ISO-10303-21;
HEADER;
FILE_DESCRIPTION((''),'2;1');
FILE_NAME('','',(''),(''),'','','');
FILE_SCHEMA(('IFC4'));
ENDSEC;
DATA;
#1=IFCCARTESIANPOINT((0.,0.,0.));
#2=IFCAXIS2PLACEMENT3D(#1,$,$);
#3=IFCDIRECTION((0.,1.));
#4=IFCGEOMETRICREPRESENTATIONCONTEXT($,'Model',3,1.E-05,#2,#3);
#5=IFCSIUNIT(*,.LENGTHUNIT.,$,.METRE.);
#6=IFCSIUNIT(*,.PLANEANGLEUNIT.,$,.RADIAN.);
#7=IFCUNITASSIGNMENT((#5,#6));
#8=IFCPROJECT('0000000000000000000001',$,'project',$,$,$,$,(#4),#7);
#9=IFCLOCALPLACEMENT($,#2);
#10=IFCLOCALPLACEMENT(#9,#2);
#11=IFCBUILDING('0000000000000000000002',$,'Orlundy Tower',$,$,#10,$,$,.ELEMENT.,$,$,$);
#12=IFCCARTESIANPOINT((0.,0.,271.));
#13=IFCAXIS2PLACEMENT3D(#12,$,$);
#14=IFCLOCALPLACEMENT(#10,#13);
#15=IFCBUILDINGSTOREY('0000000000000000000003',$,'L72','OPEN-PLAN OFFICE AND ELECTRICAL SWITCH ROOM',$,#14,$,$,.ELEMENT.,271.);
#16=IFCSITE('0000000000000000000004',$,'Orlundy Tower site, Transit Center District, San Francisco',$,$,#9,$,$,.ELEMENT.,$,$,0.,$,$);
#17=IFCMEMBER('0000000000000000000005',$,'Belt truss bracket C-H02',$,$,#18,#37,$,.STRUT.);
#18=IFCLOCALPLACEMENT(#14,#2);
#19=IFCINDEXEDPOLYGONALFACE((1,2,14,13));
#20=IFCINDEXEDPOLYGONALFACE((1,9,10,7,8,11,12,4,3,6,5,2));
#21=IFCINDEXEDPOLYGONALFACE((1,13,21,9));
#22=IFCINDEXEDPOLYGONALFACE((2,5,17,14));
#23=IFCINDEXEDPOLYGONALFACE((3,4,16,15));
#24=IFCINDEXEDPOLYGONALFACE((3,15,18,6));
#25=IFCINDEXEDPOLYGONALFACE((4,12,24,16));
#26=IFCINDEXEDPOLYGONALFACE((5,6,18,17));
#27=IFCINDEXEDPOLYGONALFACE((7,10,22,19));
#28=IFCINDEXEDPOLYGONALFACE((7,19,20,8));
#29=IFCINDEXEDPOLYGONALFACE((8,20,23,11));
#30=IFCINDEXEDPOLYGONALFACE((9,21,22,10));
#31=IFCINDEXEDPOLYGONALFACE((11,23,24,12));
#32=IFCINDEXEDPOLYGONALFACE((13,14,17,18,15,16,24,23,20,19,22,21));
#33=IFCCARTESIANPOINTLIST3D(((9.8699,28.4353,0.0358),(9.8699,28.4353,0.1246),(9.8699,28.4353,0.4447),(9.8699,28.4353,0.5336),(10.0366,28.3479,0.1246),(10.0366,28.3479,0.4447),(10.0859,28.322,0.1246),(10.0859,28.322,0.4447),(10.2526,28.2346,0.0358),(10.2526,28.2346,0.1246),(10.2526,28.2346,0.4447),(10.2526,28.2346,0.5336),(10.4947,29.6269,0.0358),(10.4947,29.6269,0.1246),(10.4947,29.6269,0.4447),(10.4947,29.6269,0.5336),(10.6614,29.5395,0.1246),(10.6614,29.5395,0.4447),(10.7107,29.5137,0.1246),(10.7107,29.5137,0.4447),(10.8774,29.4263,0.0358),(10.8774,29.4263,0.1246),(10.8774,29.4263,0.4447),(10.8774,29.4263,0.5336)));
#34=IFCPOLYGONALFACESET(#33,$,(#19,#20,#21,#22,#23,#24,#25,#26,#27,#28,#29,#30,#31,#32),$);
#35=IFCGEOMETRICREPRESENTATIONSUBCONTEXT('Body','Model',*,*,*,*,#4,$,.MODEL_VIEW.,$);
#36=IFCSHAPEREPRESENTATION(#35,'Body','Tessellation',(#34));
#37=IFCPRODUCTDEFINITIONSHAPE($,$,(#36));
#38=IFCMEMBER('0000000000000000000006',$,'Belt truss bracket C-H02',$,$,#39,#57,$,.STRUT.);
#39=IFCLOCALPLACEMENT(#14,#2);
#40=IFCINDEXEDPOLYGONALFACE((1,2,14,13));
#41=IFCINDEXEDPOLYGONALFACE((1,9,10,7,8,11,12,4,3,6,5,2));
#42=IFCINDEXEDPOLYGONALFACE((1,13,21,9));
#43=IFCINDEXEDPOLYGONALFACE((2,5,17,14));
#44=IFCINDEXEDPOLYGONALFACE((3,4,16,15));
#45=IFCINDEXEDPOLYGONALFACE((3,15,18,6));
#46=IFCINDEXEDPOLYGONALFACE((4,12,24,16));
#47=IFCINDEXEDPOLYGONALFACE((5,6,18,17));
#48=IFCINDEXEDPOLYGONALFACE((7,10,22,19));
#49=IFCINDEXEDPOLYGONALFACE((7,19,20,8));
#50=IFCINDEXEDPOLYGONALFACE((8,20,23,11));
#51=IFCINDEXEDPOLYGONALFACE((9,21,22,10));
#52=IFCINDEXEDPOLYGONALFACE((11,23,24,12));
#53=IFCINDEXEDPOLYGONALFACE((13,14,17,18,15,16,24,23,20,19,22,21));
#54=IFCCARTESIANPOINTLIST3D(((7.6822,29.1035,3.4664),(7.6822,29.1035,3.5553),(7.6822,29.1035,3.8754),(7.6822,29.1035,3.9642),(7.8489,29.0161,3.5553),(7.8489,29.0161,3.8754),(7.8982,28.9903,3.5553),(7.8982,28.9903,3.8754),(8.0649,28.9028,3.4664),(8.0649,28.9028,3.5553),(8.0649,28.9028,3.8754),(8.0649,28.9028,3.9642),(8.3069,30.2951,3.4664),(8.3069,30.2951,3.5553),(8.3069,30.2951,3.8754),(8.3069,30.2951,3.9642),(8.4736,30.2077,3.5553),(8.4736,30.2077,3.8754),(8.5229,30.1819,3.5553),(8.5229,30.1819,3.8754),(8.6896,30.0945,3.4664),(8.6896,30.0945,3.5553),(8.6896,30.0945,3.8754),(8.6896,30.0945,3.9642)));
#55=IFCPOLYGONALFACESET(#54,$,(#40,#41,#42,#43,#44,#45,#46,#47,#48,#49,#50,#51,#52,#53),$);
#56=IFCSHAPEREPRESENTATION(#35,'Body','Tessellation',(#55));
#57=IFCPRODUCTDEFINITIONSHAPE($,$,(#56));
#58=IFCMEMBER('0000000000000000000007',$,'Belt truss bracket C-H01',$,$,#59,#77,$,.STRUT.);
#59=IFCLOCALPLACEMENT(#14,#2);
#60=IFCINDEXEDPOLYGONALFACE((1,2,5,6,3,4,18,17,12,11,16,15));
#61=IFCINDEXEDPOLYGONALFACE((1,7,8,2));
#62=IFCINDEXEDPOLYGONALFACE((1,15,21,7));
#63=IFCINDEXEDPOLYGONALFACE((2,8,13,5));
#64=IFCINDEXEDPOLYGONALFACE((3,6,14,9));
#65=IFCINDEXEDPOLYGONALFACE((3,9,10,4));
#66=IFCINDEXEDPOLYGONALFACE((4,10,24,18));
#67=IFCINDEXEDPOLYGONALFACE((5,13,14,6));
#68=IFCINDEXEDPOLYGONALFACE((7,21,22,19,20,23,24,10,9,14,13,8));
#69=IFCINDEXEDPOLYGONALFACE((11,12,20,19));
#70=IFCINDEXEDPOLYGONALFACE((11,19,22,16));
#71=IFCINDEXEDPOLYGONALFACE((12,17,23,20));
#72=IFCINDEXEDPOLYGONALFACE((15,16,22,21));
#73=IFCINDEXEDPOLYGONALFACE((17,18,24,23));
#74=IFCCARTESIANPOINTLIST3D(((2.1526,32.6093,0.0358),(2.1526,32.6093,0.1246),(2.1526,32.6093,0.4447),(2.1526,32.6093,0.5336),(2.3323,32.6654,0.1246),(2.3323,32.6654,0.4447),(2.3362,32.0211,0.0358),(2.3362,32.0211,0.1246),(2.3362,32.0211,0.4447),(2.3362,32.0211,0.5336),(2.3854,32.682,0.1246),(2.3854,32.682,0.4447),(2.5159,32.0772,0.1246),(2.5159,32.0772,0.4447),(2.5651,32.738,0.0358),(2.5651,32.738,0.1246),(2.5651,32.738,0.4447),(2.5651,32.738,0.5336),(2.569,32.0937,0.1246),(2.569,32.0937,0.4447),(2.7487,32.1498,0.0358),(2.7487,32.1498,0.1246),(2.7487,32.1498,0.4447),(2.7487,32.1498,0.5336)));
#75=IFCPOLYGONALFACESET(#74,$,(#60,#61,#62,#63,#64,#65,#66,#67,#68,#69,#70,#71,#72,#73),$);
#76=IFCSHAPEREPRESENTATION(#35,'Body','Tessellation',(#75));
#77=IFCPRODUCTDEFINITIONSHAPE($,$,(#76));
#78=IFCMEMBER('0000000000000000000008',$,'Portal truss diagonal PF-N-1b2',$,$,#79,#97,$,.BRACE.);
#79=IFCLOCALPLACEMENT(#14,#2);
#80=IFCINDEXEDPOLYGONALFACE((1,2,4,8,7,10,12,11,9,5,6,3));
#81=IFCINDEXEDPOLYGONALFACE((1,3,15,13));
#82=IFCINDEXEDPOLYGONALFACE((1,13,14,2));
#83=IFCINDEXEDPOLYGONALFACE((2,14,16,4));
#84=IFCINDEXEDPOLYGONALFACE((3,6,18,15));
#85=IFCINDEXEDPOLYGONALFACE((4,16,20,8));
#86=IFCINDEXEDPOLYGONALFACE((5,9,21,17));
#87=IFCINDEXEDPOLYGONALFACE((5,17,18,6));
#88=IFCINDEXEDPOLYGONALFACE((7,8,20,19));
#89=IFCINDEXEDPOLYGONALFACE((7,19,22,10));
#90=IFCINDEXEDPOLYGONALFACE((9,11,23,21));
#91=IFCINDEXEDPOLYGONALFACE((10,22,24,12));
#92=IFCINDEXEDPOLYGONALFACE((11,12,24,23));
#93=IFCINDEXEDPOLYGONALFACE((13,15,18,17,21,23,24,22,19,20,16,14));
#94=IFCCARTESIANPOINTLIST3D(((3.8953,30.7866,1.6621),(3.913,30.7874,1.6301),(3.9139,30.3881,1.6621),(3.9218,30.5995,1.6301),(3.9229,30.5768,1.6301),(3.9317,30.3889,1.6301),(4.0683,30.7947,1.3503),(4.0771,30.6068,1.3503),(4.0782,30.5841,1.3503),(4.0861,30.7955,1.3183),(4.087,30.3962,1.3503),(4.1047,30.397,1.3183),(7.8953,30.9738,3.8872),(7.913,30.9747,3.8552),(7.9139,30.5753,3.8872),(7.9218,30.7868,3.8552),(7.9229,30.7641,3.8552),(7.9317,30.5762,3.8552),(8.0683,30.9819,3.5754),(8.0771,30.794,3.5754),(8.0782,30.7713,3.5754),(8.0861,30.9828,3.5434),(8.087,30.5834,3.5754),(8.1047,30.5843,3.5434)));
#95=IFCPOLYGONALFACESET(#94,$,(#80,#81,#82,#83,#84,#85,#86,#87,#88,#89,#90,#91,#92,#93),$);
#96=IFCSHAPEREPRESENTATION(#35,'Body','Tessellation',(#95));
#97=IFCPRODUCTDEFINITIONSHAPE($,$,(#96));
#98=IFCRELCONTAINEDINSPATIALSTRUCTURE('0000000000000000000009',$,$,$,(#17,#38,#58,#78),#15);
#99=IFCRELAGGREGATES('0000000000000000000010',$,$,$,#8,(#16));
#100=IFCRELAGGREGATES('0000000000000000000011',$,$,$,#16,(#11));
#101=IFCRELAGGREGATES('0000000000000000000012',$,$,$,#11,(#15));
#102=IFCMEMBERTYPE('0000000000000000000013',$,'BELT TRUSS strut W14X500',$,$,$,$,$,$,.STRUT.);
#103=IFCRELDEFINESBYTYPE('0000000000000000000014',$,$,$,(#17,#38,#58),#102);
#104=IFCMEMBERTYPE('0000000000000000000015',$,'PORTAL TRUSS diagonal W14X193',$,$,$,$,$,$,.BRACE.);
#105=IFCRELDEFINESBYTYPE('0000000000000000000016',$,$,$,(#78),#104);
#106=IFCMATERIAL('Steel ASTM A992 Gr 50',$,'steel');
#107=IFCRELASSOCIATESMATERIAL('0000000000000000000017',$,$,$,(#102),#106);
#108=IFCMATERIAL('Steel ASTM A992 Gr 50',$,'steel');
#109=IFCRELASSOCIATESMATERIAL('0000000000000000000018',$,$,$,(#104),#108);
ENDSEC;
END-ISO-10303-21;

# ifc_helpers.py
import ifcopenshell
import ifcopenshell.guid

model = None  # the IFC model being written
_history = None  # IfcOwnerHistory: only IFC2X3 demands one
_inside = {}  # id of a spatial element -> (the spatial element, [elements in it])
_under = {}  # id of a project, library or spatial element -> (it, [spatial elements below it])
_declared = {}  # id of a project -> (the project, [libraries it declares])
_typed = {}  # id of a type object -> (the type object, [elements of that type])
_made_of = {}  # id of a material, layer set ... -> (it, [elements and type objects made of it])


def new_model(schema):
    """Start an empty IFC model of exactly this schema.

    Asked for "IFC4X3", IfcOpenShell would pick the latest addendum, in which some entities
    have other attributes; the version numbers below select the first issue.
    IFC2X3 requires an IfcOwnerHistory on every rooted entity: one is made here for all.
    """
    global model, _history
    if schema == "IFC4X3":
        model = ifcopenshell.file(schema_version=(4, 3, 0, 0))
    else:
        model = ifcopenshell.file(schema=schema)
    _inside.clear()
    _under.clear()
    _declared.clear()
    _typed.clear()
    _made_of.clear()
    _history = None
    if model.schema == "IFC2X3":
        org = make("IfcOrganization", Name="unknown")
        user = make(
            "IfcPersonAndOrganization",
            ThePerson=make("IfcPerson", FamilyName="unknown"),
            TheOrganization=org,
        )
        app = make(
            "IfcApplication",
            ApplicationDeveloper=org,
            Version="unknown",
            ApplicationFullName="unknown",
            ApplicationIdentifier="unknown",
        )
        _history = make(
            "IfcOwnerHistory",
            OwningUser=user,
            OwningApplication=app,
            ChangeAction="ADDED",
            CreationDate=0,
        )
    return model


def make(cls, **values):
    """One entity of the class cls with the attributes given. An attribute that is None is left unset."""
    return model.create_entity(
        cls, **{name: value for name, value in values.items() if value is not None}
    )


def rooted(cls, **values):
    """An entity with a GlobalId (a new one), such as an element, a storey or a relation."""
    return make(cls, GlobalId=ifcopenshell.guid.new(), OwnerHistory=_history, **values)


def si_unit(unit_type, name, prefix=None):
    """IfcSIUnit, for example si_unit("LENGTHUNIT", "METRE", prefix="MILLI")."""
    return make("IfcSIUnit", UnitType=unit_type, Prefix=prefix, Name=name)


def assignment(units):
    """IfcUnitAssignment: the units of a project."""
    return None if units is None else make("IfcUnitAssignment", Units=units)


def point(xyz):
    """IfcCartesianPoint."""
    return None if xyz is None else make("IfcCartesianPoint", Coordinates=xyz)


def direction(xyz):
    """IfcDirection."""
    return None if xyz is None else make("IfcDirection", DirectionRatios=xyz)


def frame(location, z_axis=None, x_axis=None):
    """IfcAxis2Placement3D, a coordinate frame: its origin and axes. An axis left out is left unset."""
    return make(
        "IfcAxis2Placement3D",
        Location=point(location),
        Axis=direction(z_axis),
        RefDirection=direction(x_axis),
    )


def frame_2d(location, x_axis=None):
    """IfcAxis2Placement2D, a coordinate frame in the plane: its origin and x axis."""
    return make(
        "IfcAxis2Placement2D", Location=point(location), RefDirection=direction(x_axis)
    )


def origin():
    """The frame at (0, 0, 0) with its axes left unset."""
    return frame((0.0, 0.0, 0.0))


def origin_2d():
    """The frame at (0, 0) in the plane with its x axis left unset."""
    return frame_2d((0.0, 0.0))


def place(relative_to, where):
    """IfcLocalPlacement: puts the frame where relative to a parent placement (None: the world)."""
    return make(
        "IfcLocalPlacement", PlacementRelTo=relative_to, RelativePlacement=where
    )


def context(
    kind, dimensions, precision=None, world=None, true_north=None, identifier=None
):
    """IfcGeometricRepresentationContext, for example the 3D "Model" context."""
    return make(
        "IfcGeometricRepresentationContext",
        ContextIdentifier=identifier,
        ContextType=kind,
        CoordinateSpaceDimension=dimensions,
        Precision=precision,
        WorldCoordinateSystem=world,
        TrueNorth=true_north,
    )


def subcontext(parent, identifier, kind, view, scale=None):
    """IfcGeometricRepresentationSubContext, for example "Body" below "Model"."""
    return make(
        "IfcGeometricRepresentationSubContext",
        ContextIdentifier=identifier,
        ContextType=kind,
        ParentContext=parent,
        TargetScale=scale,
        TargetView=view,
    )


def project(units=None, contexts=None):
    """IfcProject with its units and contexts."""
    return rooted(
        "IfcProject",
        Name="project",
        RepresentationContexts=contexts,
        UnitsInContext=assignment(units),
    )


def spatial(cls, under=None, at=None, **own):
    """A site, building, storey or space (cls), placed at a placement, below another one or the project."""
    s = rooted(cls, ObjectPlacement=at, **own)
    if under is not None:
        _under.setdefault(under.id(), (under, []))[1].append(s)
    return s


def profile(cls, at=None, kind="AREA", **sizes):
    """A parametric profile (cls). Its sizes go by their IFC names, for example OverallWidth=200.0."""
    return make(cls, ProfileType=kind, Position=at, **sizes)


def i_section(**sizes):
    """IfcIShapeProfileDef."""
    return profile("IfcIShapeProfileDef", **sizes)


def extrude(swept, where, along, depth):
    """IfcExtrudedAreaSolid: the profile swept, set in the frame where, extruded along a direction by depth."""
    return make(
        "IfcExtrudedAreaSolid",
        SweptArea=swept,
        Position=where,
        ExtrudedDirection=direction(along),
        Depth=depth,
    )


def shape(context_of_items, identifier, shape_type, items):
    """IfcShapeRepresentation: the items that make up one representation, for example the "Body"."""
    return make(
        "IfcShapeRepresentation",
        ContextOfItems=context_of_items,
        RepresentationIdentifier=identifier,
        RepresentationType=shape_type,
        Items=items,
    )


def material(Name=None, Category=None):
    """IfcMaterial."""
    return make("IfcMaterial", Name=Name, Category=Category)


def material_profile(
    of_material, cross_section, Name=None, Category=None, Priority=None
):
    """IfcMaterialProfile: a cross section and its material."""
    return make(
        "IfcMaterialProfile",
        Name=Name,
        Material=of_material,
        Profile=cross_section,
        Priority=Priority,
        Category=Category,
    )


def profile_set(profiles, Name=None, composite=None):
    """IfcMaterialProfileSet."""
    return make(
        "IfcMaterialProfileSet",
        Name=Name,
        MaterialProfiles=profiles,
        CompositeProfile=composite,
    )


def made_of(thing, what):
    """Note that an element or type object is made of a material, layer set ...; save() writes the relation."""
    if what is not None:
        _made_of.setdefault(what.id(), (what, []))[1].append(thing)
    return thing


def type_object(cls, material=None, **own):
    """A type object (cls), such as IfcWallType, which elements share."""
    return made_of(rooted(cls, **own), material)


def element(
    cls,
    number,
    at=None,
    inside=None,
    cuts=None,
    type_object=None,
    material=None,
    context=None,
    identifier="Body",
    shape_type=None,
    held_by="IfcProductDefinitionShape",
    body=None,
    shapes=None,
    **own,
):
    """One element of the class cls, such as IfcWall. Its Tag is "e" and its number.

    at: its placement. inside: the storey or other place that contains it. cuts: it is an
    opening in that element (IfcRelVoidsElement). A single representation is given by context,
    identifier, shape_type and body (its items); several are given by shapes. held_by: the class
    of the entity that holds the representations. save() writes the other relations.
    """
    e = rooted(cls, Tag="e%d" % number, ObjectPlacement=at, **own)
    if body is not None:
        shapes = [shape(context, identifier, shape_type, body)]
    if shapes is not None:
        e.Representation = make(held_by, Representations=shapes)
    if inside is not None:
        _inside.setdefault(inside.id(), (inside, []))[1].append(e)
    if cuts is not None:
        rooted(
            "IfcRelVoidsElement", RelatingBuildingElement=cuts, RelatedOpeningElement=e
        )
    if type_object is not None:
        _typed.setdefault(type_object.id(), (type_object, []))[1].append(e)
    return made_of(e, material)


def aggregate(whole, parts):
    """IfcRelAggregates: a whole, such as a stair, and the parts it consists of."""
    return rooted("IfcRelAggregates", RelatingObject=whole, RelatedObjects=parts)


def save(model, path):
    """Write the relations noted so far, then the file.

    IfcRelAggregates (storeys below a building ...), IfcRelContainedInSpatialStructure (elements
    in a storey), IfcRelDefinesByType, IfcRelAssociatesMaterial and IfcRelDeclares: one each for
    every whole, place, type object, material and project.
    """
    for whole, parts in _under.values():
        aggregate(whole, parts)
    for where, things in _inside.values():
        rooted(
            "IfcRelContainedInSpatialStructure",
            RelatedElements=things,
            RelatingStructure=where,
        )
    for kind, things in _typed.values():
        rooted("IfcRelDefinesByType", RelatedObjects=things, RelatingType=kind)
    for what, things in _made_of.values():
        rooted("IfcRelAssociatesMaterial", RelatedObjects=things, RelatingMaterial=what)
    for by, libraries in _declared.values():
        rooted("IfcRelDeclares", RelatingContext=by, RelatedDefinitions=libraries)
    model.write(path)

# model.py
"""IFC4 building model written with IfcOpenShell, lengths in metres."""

from ifc_helpers import new_model, si_unit, direction, frame, origin, origin_2d, place, context, subcontext, project, spatial, i_section, extrude, material, material_profile, profile_set, type_object, element, save


model = new_model("IFC4")

# Units and contexts
model_context = context("Model", 3, precision=1e-05, world=origin(), true_north=direction((0.0, 1.0)))
body_context = subcontext(model_context, "Body", "Model", "MODEL_VIEW")
ifc_project = project(units=[si_unit("LENGTHUNIT", "METRE"), si_unit("PLANEANGLEUNIT", "RADIAN")], contexts=[model_context])

# Site, building, storey
site_placement = place(None, origin())
site = spatial("IfcSite", under=ifc_project, at=site_placement, Name="Orlundy Tower site, Transit Center District, San Francisco", CompositionType="ELEMENT", RefElevation=0.0)
building_placement = place(site_placement, origin())
building = spatial("IfcBuilding", under=site, at=building_placement, Name="Orlundy Tower", CompositionType="ELEMENT")
storey_placement = place(building_placement, frame((0.0, 0.0, 271.0)))
storey = spatial("IfcBuildingStorey", under=building, at=storey_placement, Name="L72", Description="OPEN-PLAN OFFICE AND ELECTRICAL SWITCH ROOM", CompositionType="ELEMENT", Elevation=271.0)

# Members
ifc_material_1 = material(Name="Steel ASTM A992 Gr 50", Category="steel")
ifc_material_profile_1 = material_profile(ifc_material_1, i_section(OverallWidth=0.4321, OverallDepth=0.4978, WebThickness=0.0557, FlangeThickness=0.0889, at=origin_2d()), Name="W14X500")
ifc_profile_set_1 = profile_set([ifc_material_profile_1], Name="Steel ASTM A992 Gr 50")
member_type_1 = type_object("IfcMemberType", Name="BELT TRUSS strut W14X500", PredefinedType="STRUT", material=ifc_profile_set_1)
for number, where, z_axis, x_axis, name in (
    (1, (10.0613, 28.335, 0.2847), (0.464332, 0.885661, 0.0), (-0.885661, 0.464332, 0.0), "Belt truss bracket C-H02"),
    (2, (7.8735, 29.0032, 3.7153), (0.464332, 0.885661, 0.0), (-0.885661, 0.464332, 0.0), "Belt truss bracket C-H02"),
):
    element("IfcMember", number, at=place(storey_placement, frame(where, z_axis=z_axis, x_axis=x_axis)), inside=storey, type_object=member_type_1, Name=name, PredefinedType="STRUT", context=body_context, shape_type="SweptSolid", body=[
        extrude(i_section(OverallWidth=0.4321, OverallDepth=0.4978, WebThickness=0.0557, FlangeThickness=0.0889, at=origin_2d()), origin(), (0.0, 0.0, 1.0), 1.3455),
    ])
member_1_placement = place(storey_placement, frame((2.5425, 32.0854, 0.2847), z_axis=(-0.297982, 0.954572, 0.0), x_axis=(-0.954572, -0.297982, 0.0)))
element("IfcMember", 3, at=member_1_placement, inside=storey, type_object=member_type_1, Name="Belt truss bracket C-H01", PredefinedType="STRUT", context=body_context, shape_type="SweptSolid", body=[
    extrude(i_section(OverallWidth=0.4321, OverallDepth=0.4978, WebThickness=0.0557, FlangeThickness=0.0889, at=origin_2d()), origin(), (0.0, 0.0, 1.0), 0.6162),
])
ifc_material_2 = material(Name="Steel ASTM A992 Gr 50", Category="steel")
ifc_material_profile_2 = material_profile(ifc_material_2, i_section(OverallWidth=0.3989, OverallDepth=0.3933, WebThickness=0.0227, FlangeThickness=0.0366, at=origin_2d()), Name="W14X193")
ifc_profile_set_2 = profile_set([ifc_material_profile_2], Name="Steel ASTM A992 Gr 50")
member_type_2 = type_object("IfcMemberType", Name="PORTAL TRUSS diagonal W14X193", PredefinedType="BRACE", material=ifc_profile_set_2)
member_2_placement = place(storey_placement, frame((4.0, 30.5918, 1.4902), z_axis=(0.87316, 0.040876, 0.485717), x_axis=(-0.046763, 0.998906, 0.0)))
element("IfcMember", 4, at=member_2_placement, inside=storey, type_object=member_type_2, Name="Portal truss diagonal PF-N-1b2", PredefinedType="BRACE", context=body_context, shape_type="SweptSolid", body=[
    extrude(i_section(OverallWidth=0.3989, OverallDepth=0.3933, WebThickness=0.0227, FlangeThickness=0.0366, at=origin_2d()), origin(), (0.0, 0.0, 1.0), 4.5811),
])

save(model, "model.ifc")
